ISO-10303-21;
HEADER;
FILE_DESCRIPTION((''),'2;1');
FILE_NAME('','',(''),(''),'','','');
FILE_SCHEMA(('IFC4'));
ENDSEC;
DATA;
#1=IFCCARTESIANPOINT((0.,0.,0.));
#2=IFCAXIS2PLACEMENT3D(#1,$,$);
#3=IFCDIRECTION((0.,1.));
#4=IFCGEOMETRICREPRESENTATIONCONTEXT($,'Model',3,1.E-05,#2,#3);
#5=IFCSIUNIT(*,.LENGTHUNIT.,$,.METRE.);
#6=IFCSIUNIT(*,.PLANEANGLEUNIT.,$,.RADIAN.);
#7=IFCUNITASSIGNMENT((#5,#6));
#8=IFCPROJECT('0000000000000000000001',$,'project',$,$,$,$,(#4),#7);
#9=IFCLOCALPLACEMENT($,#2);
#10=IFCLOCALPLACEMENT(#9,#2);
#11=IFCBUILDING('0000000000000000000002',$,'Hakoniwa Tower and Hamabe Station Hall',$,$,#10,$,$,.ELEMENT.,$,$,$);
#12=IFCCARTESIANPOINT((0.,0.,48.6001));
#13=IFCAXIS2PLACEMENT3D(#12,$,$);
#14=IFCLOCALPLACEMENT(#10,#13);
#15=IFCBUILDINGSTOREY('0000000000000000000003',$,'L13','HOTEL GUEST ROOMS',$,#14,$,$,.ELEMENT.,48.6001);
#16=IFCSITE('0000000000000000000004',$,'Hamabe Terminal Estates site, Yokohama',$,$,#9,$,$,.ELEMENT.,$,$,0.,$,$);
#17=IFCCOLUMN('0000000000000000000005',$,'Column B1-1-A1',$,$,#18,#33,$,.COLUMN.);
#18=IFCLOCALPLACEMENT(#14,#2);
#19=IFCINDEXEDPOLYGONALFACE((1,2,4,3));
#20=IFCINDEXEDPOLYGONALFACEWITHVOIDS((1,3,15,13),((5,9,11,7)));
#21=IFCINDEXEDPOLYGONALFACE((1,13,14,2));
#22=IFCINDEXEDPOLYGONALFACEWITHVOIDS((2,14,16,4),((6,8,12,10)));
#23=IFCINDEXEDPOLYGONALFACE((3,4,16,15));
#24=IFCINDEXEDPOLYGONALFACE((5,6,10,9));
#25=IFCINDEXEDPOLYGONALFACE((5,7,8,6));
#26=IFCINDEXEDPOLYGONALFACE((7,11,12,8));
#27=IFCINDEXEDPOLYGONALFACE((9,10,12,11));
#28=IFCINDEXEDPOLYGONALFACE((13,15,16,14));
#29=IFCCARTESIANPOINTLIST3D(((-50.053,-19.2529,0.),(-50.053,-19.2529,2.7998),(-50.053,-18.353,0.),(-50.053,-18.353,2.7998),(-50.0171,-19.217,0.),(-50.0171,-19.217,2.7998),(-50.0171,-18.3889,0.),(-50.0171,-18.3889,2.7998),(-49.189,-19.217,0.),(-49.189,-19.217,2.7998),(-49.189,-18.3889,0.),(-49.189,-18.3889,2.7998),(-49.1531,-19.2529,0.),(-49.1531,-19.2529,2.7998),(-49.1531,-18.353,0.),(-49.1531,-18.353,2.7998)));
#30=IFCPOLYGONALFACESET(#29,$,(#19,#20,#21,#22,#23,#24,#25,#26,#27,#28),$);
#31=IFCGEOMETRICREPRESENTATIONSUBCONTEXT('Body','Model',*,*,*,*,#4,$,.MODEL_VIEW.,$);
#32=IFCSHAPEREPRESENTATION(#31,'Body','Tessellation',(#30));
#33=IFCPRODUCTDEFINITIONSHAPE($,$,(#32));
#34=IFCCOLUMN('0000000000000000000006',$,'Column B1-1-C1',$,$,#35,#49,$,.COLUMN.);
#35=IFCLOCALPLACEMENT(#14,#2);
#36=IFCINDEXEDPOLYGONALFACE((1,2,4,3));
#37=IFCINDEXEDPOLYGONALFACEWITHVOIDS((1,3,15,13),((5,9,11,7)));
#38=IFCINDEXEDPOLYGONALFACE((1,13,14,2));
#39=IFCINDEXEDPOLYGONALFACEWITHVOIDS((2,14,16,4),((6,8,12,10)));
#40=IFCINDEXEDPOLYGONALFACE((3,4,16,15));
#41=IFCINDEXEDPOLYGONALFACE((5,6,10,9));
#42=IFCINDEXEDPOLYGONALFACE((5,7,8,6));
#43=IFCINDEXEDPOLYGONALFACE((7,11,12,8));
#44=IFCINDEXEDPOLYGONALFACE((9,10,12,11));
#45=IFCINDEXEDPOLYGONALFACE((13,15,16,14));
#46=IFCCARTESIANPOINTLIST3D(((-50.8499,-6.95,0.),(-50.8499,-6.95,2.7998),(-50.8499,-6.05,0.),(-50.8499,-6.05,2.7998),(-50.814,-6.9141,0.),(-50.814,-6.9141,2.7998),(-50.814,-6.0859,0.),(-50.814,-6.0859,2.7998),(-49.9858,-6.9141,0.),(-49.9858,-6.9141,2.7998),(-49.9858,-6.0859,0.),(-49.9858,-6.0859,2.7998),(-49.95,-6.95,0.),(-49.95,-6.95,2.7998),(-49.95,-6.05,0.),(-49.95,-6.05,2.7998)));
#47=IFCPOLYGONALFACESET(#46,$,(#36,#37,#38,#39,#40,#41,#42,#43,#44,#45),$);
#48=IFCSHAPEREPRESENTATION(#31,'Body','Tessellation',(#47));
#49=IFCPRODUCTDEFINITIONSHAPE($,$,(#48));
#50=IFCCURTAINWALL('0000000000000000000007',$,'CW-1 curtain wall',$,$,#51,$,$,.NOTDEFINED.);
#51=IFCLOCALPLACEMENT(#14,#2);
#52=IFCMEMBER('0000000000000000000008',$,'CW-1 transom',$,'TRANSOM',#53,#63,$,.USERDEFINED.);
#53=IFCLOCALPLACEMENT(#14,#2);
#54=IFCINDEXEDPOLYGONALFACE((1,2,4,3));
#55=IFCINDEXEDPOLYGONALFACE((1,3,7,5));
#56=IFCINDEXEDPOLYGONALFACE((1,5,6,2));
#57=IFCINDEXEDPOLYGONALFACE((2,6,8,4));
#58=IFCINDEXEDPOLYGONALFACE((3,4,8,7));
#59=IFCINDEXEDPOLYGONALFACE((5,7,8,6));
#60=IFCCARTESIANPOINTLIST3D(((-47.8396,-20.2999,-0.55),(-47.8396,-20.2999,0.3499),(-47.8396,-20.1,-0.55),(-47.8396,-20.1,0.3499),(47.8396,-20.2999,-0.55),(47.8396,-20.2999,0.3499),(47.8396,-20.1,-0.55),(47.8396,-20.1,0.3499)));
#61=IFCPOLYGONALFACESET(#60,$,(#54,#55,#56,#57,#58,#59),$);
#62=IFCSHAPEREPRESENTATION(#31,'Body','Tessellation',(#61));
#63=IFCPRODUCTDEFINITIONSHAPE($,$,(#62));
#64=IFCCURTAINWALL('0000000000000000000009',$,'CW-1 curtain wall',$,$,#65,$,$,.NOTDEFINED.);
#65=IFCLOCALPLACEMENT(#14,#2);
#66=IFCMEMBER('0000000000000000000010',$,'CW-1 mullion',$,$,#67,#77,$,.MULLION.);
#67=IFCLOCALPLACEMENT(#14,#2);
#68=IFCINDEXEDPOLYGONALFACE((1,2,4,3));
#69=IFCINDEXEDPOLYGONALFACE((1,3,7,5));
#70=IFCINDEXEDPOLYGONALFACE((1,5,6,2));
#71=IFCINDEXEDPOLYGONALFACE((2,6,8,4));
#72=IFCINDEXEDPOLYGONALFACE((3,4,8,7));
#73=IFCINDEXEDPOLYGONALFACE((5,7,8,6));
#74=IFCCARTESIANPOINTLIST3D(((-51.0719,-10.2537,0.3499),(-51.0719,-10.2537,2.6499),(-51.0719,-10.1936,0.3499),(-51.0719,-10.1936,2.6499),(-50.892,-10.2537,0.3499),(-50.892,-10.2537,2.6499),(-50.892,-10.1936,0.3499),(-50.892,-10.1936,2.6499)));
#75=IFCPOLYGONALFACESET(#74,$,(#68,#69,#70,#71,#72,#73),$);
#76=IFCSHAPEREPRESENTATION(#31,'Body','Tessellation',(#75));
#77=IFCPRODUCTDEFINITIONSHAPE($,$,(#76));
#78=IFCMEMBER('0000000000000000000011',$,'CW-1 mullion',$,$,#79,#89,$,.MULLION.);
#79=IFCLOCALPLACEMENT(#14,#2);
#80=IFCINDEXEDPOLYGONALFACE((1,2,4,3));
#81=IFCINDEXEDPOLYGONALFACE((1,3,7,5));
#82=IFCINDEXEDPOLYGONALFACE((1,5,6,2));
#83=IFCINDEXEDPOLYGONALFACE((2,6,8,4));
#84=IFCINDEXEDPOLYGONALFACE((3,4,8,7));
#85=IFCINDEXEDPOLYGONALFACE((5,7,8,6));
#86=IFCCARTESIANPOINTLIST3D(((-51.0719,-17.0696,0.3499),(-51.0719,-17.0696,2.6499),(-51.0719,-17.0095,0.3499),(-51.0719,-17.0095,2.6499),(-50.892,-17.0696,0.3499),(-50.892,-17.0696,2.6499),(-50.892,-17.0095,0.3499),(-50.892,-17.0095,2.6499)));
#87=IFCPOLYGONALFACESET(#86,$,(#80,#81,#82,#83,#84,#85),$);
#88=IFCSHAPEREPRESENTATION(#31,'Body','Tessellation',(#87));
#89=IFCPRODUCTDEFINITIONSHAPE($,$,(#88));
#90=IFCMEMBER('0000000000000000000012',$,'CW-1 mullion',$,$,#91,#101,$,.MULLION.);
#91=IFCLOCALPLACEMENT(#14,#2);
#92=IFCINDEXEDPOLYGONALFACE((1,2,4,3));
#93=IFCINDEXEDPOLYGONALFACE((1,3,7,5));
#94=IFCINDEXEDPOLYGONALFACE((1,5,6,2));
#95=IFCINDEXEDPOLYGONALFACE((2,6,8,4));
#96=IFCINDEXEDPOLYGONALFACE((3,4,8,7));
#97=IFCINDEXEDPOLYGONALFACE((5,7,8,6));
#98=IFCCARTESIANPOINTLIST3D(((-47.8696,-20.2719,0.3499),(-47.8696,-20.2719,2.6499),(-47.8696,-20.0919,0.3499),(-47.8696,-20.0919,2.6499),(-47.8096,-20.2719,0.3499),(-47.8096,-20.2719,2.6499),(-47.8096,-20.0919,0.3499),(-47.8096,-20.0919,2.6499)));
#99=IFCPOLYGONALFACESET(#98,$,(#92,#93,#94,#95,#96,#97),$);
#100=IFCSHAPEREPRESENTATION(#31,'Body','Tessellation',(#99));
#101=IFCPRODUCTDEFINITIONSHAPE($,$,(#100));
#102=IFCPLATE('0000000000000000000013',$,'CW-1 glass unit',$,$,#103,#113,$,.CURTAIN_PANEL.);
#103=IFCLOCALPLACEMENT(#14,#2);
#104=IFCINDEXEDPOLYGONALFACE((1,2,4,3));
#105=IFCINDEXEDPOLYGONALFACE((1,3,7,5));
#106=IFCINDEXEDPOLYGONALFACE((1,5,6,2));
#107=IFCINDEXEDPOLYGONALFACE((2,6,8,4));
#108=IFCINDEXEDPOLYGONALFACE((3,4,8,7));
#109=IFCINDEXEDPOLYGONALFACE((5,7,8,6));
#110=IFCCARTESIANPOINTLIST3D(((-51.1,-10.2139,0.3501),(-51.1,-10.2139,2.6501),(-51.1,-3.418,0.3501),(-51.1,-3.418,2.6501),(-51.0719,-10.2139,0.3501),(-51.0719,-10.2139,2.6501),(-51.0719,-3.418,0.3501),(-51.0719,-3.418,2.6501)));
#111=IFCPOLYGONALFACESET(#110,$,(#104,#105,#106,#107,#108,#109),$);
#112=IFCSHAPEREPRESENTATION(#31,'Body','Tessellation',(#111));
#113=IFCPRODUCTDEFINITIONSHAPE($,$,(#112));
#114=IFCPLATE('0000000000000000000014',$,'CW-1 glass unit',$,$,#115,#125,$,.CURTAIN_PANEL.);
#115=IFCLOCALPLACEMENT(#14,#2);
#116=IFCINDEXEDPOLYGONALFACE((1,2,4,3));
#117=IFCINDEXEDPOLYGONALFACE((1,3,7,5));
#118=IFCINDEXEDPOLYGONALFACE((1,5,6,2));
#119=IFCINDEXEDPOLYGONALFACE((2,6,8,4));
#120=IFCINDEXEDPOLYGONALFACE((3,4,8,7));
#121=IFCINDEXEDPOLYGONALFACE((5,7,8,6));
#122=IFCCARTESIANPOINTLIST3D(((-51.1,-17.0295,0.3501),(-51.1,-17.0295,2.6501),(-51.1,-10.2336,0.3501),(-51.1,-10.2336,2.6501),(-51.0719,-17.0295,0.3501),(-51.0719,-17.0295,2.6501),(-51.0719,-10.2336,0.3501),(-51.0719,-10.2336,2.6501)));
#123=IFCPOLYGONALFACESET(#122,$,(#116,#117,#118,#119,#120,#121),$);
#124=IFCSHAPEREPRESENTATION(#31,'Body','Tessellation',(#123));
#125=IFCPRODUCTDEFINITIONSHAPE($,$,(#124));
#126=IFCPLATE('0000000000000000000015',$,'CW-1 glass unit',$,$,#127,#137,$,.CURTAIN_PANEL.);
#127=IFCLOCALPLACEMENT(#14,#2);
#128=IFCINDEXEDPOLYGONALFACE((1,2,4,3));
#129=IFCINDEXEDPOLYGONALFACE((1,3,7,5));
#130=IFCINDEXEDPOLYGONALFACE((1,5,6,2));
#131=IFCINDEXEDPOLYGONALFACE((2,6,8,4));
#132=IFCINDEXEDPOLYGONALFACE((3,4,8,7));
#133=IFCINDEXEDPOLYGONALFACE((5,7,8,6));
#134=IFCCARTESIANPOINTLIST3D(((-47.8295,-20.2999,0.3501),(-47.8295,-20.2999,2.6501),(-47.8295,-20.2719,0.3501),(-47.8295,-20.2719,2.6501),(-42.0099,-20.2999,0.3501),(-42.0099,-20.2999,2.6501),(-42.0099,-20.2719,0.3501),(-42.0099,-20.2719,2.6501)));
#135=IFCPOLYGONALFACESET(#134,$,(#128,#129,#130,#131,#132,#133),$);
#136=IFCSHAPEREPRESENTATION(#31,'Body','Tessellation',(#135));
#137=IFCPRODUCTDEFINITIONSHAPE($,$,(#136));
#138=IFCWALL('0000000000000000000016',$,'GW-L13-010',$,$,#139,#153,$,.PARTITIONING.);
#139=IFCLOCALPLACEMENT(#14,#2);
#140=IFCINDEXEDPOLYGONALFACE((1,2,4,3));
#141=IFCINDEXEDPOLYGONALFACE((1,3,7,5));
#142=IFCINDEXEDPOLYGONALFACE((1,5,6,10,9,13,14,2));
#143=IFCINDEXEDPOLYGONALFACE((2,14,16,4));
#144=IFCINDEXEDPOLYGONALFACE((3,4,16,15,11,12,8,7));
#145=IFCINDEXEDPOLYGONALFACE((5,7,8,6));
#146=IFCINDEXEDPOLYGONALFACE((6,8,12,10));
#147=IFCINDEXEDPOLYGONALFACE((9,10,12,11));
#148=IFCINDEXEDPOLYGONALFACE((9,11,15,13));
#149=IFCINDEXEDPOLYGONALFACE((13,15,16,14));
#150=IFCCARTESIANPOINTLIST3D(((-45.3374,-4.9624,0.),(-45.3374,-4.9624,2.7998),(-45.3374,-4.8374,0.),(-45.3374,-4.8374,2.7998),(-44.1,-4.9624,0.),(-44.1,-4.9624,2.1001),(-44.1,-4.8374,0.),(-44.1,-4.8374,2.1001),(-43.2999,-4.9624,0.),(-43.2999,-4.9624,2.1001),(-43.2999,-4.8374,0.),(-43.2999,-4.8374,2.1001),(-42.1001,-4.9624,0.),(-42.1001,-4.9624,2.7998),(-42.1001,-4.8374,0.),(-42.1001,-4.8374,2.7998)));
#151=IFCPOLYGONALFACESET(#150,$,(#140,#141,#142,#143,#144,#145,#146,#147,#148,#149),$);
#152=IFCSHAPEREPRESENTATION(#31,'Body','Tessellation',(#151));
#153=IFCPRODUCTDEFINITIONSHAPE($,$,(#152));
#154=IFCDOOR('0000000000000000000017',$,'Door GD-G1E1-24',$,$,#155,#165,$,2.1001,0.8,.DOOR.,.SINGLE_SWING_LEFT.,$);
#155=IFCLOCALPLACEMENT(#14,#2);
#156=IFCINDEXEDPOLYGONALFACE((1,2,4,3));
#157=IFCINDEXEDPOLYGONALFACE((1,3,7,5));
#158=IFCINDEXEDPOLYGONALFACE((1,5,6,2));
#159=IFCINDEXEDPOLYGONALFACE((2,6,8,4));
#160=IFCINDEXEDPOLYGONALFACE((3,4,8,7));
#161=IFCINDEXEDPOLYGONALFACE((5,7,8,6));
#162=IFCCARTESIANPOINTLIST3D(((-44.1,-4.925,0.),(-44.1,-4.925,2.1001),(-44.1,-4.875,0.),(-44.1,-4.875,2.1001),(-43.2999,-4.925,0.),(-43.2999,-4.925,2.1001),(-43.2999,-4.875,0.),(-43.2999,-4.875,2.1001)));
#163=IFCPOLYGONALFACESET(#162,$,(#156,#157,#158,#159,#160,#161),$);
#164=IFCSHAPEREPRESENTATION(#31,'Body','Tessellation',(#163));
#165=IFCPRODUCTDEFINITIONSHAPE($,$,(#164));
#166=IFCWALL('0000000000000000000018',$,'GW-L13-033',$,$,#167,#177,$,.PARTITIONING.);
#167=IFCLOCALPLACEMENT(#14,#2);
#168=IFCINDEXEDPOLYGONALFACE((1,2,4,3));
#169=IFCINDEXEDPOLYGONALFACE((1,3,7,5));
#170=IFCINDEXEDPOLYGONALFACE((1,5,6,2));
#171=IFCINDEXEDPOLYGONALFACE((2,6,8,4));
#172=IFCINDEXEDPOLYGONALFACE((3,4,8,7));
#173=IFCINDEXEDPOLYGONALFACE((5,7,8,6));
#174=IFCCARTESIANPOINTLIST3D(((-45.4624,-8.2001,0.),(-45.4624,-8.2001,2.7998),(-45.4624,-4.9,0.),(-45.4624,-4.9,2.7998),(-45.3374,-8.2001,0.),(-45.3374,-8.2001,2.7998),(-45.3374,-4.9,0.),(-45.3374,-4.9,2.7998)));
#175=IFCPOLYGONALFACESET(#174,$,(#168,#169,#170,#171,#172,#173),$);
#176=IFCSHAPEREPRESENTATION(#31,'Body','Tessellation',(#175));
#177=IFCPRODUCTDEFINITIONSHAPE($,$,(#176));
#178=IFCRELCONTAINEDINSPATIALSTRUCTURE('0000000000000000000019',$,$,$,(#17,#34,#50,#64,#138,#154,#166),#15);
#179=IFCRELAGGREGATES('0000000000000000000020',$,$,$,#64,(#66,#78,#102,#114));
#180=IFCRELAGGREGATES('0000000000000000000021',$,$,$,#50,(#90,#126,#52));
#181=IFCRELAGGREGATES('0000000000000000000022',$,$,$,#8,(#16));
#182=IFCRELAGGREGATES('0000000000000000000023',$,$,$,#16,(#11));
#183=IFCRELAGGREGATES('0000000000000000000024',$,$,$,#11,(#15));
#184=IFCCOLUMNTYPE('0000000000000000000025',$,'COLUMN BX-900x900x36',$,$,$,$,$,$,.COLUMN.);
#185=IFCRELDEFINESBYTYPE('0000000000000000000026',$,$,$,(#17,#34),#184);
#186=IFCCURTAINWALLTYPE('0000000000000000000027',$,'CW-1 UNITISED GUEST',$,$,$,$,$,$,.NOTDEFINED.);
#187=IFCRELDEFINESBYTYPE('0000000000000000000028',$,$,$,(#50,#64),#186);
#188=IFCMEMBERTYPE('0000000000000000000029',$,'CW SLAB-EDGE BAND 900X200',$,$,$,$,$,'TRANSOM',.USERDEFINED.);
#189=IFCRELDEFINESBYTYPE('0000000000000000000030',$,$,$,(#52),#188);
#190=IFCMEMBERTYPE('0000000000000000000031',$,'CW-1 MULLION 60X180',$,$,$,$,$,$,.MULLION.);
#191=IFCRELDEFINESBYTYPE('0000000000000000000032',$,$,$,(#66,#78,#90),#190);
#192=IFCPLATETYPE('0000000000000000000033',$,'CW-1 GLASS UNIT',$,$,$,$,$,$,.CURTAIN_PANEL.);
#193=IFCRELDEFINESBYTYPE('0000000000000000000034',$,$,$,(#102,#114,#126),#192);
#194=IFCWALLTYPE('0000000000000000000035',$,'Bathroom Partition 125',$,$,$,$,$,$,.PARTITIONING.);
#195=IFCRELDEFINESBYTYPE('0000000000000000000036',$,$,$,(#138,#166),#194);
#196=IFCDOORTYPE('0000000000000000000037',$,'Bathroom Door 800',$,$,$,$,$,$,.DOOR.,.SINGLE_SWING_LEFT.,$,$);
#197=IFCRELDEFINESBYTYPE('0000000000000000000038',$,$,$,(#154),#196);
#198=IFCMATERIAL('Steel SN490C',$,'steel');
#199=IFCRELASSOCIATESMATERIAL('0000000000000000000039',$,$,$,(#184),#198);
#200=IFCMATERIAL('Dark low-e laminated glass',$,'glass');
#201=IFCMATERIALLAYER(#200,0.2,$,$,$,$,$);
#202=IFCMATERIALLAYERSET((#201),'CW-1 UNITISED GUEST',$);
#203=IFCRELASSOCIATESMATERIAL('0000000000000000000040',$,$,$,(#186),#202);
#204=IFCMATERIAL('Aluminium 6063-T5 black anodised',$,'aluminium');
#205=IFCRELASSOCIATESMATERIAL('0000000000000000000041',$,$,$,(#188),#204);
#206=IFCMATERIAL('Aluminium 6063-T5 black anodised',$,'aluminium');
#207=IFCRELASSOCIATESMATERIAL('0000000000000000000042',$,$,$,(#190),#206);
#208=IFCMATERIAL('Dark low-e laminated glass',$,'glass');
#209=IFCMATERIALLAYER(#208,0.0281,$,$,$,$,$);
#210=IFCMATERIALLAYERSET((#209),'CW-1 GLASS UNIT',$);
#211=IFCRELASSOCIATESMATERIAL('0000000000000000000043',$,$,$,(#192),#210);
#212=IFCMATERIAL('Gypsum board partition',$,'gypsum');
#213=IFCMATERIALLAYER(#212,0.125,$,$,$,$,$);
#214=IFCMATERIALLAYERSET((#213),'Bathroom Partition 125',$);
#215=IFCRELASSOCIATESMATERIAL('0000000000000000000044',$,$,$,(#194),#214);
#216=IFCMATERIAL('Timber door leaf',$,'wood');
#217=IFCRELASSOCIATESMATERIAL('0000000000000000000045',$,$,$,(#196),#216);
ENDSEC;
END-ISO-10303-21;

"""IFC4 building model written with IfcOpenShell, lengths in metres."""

from ifc_helpers import new_model, si_unit, direction, frame, frame_2d, origin, origin_2d, place, context, subcontext, project, spatial, rectangle, hollow_rectangle, extrude, material, layer, layer_set, material_profile, profile_set, type_object, element, fill, aggregate, save


model = new_model("IFC4")

# Units and contexts
model_context = context("Model", 3, precision=1e-05, world=origin(), true_north=direction((0.0, 1.0)))
body_context = subcontext(model_context, "Body", "Model", "MODEL_VIEW")
ifc_project = project(units=[si_unit("LENGTHUNIT", "METRE"), si_unit("PLANEANGLEUNIT", "RADIAN")], contexts=[model_context])

# Site, building, storey
site_placement = place(None, origin())
site = spatial("IfcSite", under=ifc_project, at=site_placement, Name="Hamabe Terminal Estates site, Yokohama", CompositionType="ELEMENT", RefElevation=0.0)
building_placement = place(site_placement, origin())
building = spatial("IfcBuilding", under=site, at=building_placement, Name="Hakoniwa Tower and Hamabe Station Hall", CompositionType="ELEMENT")
storey_placement = place(building_placement, frame((0.0, 0.0, 48.6001)))
storey = spatial("IfcBuildingStorey", under=building, at=storey_placement, Name="L13", Description="HOTEL GUEST ROOMS", CompositionType="ELEMENT", Elevation=48.6001)

# Columns
ifc_material_1 = material(Name="Steel SN490C", Category="steel")
ifc_material_profile_1 = material_profile(ifc_material_1, hollow_rectangle(XDim=0.8999, YDim=0.8999, WallThickness=0.0359, at=origin_2d()), Name="BX-900x900x36")
ifc_profile_set_1 = profile_set([ifc_material_profile_1], Name="Steel SN490C")
column_type = type_object("IfcColumnType", Name="COLUMN BX-900x900x36", PredefinedType="COLUMN", material=ifc_profile_set_1)
for number, where, z_axis, x_axis, name in (
    (1, (-49.603, -18.803, 0.0), (0.0, 0.0, 1.0), (1.0, 0.0, 0.0), "Column B1-1-A1"),
    (2, (-50.3999, -6.5, 0.0), (0.0, 0.0, 1.0), (1.0, 0.0, 0.0), "Column B1-1-C1"),
):
    element("IfcColumn", number, at=place(storey_placement, frame(where, z_axis=z_axis, x_axis=x_axis)), inside=storey, type_object=column_type, Name=name, PredefinedType="COLUMN", context=body_context, shape_type="SweptSolid", body=[
        extrude(hollow_rectangle(XDim=0.8999, YDim=0.8999, WallThickness=0.0359, at=origin_2d()), origin(), (0.0, 0.0, 1.0), 2.7998),
    ])

# Curtain wall, member
ifc_material_2 = material(Name="Dark low-e laminated glass", Category="glass")
ifc_layer_1 = layer(ifc_material_2, 0.2)
ifc_layer_set_1 = layer_set([ifc_layer_1], Name="CW-1 UNITISED GUEST")
curtain_wall_type = type_object("IfcCurtainWallType", Name="CW-1 UNITISED GUEST", PredefinedType="NOTDEFINED", material=ifc_layer_set_1)
curtain_wall_1_placement = place(storey_placement, origin())
curtain_wall_1 = element("IfcCurtainWall", 3, at=curtain_wall_1_placement, inside=storey, type_object=curtain_wall_type, Name="CW-1 curtain wall", PredefinedType="NOTDEFINED")
ifc_material_3 = material(Name="Aluminium 6063-T5 black anodised", Category="aluminium")
ifc_material_profile_2 = material_profile(ifc_material_3, rectangle(XDim=0.2, YDim=0.8999, at=origin_2d()), Name="CW SLAB-EDGE BAND 900X200")
ifc_profile_set_2 = profile_set([ifc_material_profile_2], Name="Aluminium 6063-T5 black anodised")
member_type_1 = type_object("IfcMemberType", Name="CW SLAB-EDGE BAND 900X200", ElementType="TRANSOM", PredefinedType="USERDEFINED", material=ifc_profile_set_2)
member_1_placement = place(storey_placement, frame((-47.8396, -20.2, -0.1001), z_axis=(1.0, 0.0, 0.0), x_axis=(0.0, 1.0, 0.0)))
member_1 = element("IfcMember", 4, at=member_1_placement, type_object=member_type_1, Name="CW-1 transom", ObjectType="TRANSOM", PredefinedType="USERDEFINED", context=body_context, shape_type="SweptSolid", body=[
    extrude(rectangle(XDim=0.2, YDim=0.8999, at=origin_2d()), origin(), (0.0, 0.0, 1.0), 95.6792),
])

# Curtain wall, members
curtain_wall_2_placement = place(storey_placement, origin())
curtain_wall_2 = element("IfcCurtainWall", 5, at=curtain_wall_2_placement, inside=storey, type_object=curtain_wall_type, Name="CW-1 curtain wall", PredefinedType="NOTDEFINED")
ifc_material_4 = material(Name="Aluminium 6063-T5 black anodised", Category="aluminium")
ifc_material_profile_3 = material_profile(ifc_material_4, rectangle(XDim=0.0601, YDim=0.1799, at=origin_2d()), Name="CW-1 MULLION 60X180")
ifc_profile_set_3 = profile_set([ifc_material_profile_3], Name="Aluminium 6063-T5 black anodised")
member_type_2 = type_object("IfcMemberType", Name="CW-1 MULLION 60X180", PredefinedType="MULLION", material=ifc_profile_set_3)
member_2_placement = place(storey_placement, frame((-50.9819, -10.2236, 0.3499), z_axis=(0.0, 0.0, 1.0), x_axis=(0.0, -1.0, 0.0)))
member_2 = element("IfcMember", 6, at=member_2_placement, type_object=member_type_2, Name="CW-1 mullion", PredefinedType="MULLION", context=body_context, shape_type="SweptSolid", body=[
    extrude(rectangle(XDim=0.0601, YDim=0.1799, at=origin_2d()), origin(), (0.0, 0.0, 1.0), 2.3),
])
member_3_placement = place(storey_placement, frame((-50.9819, -17.0396, 0.3499), z_axis=(0.0, 0.0, 1.0), x_axis=(0.0, -1.0, 0.0)))
member_3 = element("IfcMember", 7, at=member_3_placement, type_object=member_type_2, Name="CW-1 mullion", PredefinedType="MULLION", context=body_context, shape_type="SweptSolid", body=[
    extrude(rectangle(XDim=0.0601, YDim=0.1799, at=origin_2d()), origin(), (0.0, 0.0, 1.0), 2.3),
])

# Member
member_4_placement = place(storey_placement, frame((-47.8396, -20.1819, 0.3499), z_axis=(0.0, 0.0, 1.0), x_axis=(1.0, 0.0, 0.0)))
member_4 = element("IfcMember", 8, at=member_4_placement, type_object=member_type_2, Name="CW-1 mullion", PredefinedType="MULLION", context=body_context, shape_type="SweptSolid", body=[
    extrude(rectangle(XDim=0.0601, YDim=0.1799, at=origin_2d()), origin(), (0.0, 0.0, 1.0), 2.3),
])

# Plates
ifc_material_5 = material(Name="Dark low-e laminated glass", Category="glass")
ifc_layer_2 = layer(ifc_material_5, 0.0281)
ifc_layer_set_2 = layer_set([ifc_layer_2], Name="CW-1 GLASS UNIT")
plate_type = type_object("IfcPlateType", Name="CW-1 GLASS UNIT", PredefinedType="CURTAIN_PANEL", material=ifc_layer_set_2)
plate_1_placement = place(storey_placement, frame((-51.0859, -6.8159, 0.3501), z_axis=(0.0, 0.0, 1.0), x_axis=(0.0, -1.0, 0.0)))
plate_1 = element("IfcPlate", 9, at=plate_1_placement, type_object=plate_type, Name="CW-1 glass unit", PredefinedType="CURTAIN_PANEL", context=body_context, shape_type="SweptSolid", body=[
    extrude(rectangle(XDim=6.7959, YDim=0.0281, at=origin_2d()), origin(), (0.0, 0.0, 1.0), 2.3),
])
plate_2_placement = place(storey_placement, frame((-51.0859, -13.6316, 0.3501), z_axis=(0.0, 0.0, 1.0), x_axis=(0.0, -1.0, 0.0)))
plate_2 = element("IfcPlate", 10, at=plate_2_placement, type_object=plate_type, Name="CW-1 glass unit", PredefinedType="CURTAIN_PANEL", context=body_context, shape_type="SweptSolid", body=[
    extrude(rectangle(XDim=6.7959, YDim=0.0281, at=origin_2d()), origin(), (0.0, 0.0, 1.0), 2.3),
])
aggregate(curtain_wall_2, [member_2, member_3, plate_1, plate_2])
plate_3_placement = place(storey_placement, frame((-44.9197, -20.2859, 0.3501), z_axis=(0.0, 0.0, 1.0), x_axis=(1.0, 0.0, 0.0)))
plate_3 = element("IfcPlate", 11, at=plate_3_placement, type_object=plate_type, Name="CW-1 glass unit", PredefinedType="CURTAIN_PANEL", context=body_context, shape_type="SweptSolid", body=[
    extrude(rectangle(XDim=5.8196, YDim=0.0281, at=origin_2d()), origin(), (0.0, 0.0, 1.0), 2.3),
])
aggregate(curtain_wall_1, [member_4, plate_3, member_1])

# Wall, opening, door
ifc_material_6 = material(Name="Gypsum board partition", Category="gypsum")
ifc_layer_3 = layer(ifc_material_6, 0.125)
ifc_layer_set_3 = layer_set([ifc_layer_3], Name="Bathroom Partition 125")
wall_type_1 = type_object("IfcWallType", Name="Bathroom Partition 125", PredefinedType="PARTITIONING", material=ifc_layer_set_3)
wall_1_placement = place(storey_placement, frame((-45.3374, -4.8999, 0.0), z_axis=(0.0, 0.0, 1.0), x_axis=(1.0, 0.0, 0.0)))
wall_1 = element("IfcWall", 12, at=wall_1_placement, inside=storey, type_object=wall_type_1, Name="GW-L13-010", PredefinedType="PARTITIONING", context=body_context, shape_type="SweptSolid", body=[
    extrude(rectangle(XDim=3.2373, YDim=0.125, at=frame_2d((1.6187, 0.0))), origin(), (0.0, 0.0, 1.0), 2.7998),
])
opening_1_placement = place(wall_1_placement, frame((1.2375, 0.0, 0.0)))
opening_1 = element("IfcOpeningElement", 13, at=opening_1_placement, cuts=wall_1, PredefinedType="OPENING", context=body_context, shape_type="SweptSolid", body=[
    extrude(rectangle(XDim=0.8, YDim=2.1001, at=frame_2d((0.3999, 1.05))), frame((0.0, 0.0725, 0.0), z_axis=(0.0, -1.0, 0.0), x_axis=(1.0, 0.0, 0.0)), (0.0, 0.0, 1.0), 0.145),
])
ifc_material_7 = material(Name="Timber door leaf", Category="wood")
door_type_1 = type_object("IfcDoorType", Name="Bathroom Door 800", OperationType="SINGLE_SWING_LEFT", PredefinedType="DOOR", material=ifc_material_7)
door_1_placement = place(opening_1_placement, origin())
door_1 = element("IfcDoor", 14, at=door_1_placement, inside=storey, type_object=door_type_1, Name="Door GD-G1E1-24", OperationType="SINGLE_SWING_LEFT", OverallHeight=2.1001, OverallWidth=0.8, PredefinedType="DOOR", context=body_context, shape_type="SweptSolid", body=[
    extrude(rectangle(XDim=0.8, YDim=2.1001, at=frame_2d((0.3999, 1.05))), frame((0.0, 0.0249, 0.0), z_axis=(0.0, -1.0, 0.0), x_axis=(1.0, 0.0, 0.0)), (0.0, 0.0, 1.0), 0.05),
])
fill(opening_1, door_1)

# Wall
wall_2_placement = place(storey_placement, frame((-45.3999, -8.2, 0.0), z_axis=(0.0, 0.0, 1.0), x_axis=(0.0, 1.0, 0.0)))
element("IfcWall", 15, at=wall_2_placement, inside=storey, type_object=wall_type_1, Name="GW-L13-033", PredefinedType="PARTITIONING", context=body_context, shape_type="SweptSolid", body=[
    extrude(rectangle(XDim=3.3, YDim=0.125, at=frame_2d((1.6499, 0.0))), origin(), (0.0, 0.0, 1.0), 2.7998),
])

save(model, "model.ifc")
